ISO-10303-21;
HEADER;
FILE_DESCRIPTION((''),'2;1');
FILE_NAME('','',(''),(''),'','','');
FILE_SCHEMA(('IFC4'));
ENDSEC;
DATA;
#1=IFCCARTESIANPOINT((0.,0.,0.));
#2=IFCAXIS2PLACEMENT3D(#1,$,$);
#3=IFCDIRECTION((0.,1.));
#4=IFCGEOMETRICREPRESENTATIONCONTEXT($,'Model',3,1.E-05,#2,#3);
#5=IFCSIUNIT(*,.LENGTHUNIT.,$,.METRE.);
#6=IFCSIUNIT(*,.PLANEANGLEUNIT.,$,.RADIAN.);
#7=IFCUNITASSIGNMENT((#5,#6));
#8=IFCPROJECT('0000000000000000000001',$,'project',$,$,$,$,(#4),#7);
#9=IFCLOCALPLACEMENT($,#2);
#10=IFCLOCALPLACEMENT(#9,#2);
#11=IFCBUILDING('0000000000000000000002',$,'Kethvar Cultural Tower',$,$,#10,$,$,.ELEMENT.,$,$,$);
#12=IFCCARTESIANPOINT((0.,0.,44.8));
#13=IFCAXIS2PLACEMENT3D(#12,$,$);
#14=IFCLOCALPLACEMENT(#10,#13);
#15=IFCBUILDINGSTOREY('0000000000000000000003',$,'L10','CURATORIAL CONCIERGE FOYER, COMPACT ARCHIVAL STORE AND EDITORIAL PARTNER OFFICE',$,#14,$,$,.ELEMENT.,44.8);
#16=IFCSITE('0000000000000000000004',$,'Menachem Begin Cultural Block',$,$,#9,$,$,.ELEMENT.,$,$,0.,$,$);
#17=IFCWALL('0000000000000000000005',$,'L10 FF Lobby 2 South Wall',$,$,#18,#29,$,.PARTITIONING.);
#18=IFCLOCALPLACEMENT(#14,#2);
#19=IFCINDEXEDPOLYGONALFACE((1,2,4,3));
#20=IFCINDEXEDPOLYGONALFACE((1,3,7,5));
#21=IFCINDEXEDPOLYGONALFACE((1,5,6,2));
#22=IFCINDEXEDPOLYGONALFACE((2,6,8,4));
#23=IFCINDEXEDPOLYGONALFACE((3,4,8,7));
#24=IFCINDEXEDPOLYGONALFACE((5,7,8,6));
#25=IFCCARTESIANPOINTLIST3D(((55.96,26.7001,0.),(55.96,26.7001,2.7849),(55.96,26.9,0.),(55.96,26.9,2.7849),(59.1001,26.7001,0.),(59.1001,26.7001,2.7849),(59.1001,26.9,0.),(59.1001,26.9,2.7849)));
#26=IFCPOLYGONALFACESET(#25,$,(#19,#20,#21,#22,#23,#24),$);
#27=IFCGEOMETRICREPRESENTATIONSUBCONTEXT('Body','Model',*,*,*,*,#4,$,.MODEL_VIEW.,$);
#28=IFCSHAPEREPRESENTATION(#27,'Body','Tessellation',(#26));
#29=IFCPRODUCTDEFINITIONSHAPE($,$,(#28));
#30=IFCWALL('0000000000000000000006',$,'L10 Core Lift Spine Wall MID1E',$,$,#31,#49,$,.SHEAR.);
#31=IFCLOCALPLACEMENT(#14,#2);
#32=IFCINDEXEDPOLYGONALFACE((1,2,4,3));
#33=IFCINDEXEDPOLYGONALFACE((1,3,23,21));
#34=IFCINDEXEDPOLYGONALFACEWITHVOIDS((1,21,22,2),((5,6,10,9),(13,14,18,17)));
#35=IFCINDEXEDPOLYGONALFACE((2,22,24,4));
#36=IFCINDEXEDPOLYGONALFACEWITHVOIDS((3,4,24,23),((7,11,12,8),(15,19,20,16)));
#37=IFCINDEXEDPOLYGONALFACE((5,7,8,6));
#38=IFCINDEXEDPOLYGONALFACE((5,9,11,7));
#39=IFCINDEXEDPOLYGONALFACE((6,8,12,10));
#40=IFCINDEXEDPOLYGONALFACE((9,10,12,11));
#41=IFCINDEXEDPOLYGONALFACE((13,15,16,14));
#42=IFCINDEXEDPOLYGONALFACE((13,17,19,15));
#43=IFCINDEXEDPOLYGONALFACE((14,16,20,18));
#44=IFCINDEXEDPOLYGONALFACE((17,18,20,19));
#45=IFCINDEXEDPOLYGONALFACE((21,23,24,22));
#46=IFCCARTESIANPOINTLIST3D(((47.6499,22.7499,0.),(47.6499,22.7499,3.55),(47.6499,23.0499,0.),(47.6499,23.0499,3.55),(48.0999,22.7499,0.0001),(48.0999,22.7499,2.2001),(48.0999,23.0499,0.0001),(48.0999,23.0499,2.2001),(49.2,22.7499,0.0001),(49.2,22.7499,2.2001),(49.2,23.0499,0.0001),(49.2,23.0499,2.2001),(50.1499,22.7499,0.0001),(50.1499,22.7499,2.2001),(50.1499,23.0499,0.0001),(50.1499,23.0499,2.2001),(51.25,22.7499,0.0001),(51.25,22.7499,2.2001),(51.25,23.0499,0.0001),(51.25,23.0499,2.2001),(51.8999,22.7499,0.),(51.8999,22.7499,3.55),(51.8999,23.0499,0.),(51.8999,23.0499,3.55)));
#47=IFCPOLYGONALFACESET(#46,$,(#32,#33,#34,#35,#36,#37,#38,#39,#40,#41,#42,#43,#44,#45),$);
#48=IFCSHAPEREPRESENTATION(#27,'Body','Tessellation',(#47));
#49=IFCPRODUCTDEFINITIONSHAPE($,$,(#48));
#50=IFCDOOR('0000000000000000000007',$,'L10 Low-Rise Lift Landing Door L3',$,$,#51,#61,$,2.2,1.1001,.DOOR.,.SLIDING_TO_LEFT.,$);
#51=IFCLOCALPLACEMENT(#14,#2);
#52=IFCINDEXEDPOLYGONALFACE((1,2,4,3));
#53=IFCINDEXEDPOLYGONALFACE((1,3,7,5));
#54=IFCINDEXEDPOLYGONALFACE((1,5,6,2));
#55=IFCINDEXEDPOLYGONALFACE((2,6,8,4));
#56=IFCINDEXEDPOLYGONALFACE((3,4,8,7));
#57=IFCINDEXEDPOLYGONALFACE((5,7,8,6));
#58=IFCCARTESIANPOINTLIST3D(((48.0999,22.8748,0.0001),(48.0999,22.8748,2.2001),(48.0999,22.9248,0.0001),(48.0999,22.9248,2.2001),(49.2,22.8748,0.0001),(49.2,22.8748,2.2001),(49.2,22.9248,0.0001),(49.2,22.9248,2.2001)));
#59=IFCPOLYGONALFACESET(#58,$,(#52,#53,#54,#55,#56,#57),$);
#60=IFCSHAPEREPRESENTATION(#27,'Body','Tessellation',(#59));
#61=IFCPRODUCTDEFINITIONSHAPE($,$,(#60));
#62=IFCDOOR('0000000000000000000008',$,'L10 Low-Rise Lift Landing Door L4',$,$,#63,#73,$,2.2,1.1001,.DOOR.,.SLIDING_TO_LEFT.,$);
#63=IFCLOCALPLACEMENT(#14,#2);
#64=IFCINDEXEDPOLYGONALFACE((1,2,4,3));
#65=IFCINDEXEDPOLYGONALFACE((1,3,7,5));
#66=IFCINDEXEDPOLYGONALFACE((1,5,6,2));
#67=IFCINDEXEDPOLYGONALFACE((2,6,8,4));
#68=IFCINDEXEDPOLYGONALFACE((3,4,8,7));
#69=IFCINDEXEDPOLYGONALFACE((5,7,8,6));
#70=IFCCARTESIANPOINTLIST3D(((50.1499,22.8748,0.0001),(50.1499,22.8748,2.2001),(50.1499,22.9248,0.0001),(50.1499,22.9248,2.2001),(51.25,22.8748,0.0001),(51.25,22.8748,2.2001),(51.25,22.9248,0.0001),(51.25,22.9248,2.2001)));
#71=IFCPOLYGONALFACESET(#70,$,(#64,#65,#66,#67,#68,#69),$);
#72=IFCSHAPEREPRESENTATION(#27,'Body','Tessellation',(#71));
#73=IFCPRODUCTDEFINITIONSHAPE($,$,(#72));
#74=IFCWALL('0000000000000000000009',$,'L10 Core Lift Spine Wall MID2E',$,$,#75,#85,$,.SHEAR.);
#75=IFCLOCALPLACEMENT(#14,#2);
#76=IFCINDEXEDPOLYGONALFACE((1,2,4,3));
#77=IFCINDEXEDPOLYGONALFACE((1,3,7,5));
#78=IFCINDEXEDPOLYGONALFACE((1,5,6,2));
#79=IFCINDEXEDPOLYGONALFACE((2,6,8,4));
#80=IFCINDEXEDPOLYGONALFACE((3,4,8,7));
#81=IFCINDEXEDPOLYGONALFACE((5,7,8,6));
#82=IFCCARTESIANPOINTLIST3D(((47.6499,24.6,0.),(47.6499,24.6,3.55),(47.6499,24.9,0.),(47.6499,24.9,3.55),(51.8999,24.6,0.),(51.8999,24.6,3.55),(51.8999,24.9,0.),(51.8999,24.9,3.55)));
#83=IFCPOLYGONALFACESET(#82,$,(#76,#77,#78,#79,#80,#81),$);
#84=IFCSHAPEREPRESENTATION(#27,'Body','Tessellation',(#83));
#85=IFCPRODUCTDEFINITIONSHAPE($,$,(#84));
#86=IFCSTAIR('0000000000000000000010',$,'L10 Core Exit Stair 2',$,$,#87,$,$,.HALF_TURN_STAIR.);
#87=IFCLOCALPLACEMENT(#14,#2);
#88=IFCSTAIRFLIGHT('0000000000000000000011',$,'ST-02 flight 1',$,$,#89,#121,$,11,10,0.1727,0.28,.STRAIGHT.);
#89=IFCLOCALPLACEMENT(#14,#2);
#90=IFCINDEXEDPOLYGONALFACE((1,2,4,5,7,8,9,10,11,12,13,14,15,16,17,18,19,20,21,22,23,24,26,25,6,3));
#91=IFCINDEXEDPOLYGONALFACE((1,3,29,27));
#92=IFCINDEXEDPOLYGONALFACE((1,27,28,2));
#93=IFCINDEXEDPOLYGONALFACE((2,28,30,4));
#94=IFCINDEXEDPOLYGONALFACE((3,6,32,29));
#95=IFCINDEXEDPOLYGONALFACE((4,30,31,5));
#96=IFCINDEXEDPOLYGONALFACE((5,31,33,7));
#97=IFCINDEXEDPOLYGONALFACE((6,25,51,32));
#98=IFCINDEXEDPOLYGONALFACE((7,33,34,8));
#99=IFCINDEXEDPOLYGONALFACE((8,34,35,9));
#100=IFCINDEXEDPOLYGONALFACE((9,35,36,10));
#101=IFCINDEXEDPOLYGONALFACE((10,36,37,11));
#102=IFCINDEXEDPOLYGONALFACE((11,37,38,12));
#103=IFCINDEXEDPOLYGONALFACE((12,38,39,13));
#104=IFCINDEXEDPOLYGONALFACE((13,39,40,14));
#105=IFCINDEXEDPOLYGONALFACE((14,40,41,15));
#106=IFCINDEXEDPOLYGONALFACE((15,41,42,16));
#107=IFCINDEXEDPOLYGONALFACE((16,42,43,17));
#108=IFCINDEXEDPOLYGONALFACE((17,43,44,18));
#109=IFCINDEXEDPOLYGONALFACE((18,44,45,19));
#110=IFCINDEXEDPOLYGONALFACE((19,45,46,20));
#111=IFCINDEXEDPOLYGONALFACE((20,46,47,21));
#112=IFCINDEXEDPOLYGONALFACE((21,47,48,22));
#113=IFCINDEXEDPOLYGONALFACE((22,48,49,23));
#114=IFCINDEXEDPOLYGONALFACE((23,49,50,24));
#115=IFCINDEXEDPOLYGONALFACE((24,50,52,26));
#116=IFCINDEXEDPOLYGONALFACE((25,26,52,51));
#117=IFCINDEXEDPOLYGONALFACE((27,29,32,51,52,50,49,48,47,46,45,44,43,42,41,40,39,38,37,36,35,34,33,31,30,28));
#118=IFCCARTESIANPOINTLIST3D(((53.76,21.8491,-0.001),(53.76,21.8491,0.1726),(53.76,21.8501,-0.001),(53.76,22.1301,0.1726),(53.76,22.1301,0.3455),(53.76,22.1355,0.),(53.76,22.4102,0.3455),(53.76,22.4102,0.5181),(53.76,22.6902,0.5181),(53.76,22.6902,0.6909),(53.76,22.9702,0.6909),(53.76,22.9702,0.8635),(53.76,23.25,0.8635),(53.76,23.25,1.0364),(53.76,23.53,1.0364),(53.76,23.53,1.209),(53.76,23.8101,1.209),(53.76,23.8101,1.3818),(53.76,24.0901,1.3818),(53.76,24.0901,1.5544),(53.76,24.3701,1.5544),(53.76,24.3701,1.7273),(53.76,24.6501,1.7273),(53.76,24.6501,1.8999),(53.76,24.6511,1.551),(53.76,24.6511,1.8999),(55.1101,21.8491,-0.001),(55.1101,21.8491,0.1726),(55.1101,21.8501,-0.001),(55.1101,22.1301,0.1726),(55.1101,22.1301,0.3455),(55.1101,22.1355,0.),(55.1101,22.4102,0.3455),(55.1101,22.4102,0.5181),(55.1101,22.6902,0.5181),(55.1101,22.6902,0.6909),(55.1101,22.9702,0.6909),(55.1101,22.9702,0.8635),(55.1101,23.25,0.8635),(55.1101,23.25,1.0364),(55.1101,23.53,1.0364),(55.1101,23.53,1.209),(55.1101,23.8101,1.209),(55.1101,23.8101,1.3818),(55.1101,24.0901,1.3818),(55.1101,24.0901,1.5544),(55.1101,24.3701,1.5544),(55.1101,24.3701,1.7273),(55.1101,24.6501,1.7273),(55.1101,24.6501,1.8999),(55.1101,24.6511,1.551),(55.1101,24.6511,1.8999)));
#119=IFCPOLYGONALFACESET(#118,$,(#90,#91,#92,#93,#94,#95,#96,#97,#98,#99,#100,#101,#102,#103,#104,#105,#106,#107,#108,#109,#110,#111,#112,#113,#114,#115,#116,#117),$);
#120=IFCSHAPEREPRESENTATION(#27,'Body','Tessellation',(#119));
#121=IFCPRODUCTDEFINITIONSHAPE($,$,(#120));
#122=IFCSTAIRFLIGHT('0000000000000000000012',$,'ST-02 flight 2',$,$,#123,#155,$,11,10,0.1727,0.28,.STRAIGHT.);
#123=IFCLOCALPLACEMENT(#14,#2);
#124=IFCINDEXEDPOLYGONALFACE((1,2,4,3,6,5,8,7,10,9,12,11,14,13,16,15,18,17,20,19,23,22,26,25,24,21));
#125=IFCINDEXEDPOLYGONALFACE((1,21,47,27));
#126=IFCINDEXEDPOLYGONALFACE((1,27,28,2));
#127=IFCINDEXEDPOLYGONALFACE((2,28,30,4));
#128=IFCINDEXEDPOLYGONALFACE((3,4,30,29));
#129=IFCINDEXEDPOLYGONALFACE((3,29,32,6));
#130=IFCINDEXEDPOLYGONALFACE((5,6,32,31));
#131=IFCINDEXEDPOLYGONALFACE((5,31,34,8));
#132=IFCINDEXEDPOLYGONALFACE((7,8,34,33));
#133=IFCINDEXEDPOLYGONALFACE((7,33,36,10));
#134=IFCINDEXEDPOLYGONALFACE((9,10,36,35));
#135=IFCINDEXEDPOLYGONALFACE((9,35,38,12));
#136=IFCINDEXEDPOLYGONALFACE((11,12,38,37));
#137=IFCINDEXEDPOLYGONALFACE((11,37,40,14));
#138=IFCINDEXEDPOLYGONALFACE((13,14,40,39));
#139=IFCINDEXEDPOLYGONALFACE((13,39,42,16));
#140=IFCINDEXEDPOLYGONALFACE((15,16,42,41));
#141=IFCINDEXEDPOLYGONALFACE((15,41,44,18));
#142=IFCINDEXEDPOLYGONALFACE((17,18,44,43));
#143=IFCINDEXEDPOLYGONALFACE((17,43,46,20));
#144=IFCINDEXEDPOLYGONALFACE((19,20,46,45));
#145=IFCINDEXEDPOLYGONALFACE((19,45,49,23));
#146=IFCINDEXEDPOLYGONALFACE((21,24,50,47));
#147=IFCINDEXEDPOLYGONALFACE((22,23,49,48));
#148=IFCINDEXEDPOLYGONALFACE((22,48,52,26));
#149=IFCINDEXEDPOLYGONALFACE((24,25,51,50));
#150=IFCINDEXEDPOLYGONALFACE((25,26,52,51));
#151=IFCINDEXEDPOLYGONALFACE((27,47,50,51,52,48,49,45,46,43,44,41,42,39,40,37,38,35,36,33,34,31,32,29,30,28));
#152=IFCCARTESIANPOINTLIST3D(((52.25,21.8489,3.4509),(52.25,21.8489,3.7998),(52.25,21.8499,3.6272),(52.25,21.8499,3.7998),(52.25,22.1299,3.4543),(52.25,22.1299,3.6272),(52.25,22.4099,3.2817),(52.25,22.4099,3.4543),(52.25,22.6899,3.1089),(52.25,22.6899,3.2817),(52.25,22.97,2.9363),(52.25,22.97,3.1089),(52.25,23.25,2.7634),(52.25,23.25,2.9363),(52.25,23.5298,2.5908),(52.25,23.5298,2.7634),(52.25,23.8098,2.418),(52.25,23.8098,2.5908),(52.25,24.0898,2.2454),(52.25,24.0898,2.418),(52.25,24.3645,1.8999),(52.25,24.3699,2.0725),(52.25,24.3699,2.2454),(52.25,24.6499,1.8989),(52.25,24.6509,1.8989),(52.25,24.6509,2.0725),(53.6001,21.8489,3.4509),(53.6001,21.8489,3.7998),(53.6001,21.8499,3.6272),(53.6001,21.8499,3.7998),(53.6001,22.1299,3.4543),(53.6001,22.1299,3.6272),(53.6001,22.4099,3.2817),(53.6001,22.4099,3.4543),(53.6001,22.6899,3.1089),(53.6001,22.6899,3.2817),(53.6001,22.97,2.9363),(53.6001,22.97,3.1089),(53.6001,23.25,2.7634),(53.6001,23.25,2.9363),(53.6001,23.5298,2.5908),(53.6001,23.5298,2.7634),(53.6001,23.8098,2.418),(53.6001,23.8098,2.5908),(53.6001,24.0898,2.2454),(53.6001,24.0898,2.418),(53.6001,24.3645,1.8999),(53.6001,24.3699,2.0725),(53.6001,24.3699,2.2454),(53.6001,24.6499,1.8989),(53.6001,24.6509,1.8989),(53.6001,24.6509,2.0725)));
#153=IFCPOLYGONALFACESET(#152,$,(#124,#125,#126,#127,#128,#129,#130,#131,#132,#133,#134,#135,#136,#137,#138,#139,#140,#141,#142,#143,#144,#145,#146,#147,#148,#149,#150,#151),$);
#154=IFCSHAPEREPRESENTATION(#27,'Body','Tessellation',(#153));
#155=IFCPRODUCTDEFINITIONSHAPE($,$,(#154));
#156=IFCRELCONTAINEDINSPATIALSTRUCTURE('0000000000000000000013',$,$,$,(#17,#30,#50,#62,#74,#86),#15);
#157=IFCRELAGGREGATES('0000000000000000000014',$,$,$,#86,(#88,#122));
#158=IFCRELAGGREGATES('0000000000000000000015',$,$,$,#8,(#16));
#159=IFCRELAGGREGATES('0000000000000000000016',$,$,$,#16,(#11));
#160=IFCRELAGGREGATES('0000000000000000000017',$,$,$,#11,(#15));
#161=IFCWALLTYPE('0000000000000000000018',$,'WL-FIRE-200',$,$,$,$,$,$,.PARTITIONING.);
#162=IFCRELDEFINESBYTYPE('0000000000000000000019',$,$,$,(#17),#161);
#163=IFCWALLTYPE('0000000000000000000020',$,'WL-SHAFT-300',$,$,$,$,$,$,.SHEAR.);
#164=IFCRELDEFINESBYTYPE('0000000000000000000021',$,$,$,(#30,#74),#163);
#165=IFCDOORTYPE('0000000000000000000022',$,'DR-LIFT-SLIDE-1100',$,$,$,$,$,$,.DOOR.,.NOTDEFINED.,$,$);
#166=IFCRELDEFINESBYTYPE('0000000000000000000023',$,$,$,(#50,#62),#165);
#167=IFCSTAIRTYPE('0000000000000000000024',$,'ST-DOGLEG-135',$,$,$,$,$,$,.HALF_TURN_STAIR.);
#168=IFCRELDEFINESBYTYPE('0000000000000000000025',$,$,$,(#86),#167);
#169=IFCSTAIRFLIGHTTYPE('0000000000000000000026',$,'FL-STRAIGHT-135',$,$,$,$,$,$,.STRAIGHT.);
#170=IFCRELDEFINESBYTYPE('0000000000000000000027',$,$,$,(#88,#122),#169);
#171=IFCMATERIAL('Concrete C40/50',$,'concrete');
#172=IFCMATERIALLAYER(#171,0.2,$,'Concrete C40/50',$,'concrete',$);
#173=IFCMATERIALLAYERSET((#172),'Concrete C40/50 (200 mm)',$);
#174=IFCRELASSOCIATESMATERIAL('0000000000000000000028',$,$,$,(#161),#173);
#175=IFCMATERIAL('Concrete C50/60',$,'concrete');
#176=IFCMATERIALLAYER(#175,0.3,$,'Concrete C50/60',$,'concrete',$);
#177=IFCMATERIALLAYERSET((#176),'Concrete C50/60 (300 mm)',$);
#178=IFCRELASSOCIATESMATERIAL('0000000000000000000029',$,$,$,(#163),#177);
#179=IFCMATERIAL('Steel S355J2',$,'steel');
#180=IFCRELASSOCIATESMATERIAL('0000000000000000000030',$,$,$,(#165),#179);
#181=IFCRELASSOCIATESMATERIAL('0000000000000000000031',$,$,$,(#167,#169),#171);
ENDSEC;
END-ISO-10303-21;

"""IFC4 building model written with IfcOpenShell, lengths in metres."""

from ifc_helpers import new_model, si_unit, direction, frame, frame_2d, origin, place, context, subcontext, project, spatial, polyline, rectangle, outline, extrude, source, transform, mapped, material, layer, layer_set, type_object, element, fill, aggregate, save


model = new_model("IFC4")

# Units and contexts
model_context = context("Model", 3, precision=1e-05, world=origin(), true_north=direction((0.0, 1.0)))
body_context = subcontext(model_context, "Body", "Model", "MODEL_VIEW")
ifc_project = project(units=[si_unit("LENGTHUNIT", "METRE"), si_unit("PLANEANGLEUNIT", "RADIAN")], contexts=[model_context])

# Site, building, storey
site_placement = place(None, origin())
site = spatial("IfcSite", under=ifc_project, at=site_placement, Name="Menachem Begin Cultural Block", CompositionType="ELEMENT", RefElevation=0.0)
building_placement = place(site_placement, origin())
building = spatial("IfcBuilding", under=site, at=building_placement, Name="Kethvar Cultural Tower", CompositionType="ELEMENT")
storey_placement = place(building_placement, frame((0.0, 0.0, 44.8)))
storey = spatial("IfcBuildingStorey", under=building, at=storey_placement, Name="L10", Description="CURATORIAL CONCIERGE FOYER, COMPACT ARCHIVAL STORE AND EDITORIAL PARTNER OFFICE", CompositionType="ELEMENT", Elevation=44.8)

# Shared definitions
ifc_material_1 = material(Name="Steel S355J2", Category="steel")

# Wall
ifc_material_2 = material(Name="Concrete C40/50", Category="concrete")
ifc_layer_1 = layer(ifc_material_2, 0.2, Name="Concrete C40/50", Category="concrete")
ifc_layer_set_1 = layer_set([ifc_layer_1], Name="Concrete C40/50 (200 mm)")
wall_type_1 = type_object("IfcWallType", Name="WL-FIRE-200", PredefinedType="PARTITIONING", material=ifc_layer_set_1)
wall_1_placement = place(storey_placement, frame((55.96, 26.8, 0.0), z_axis=(0.0, 0.0, 1.0), x_axis=(1.0, 0.0, 0.0)))
element("IfcWall", 1, at=wall_1_placement, inside=storey, type_object=wall_type_1, Name="L10 FF Lobby 2 South Wall", PredefinedType="PARTITIONING", context=body_context, shape_type="SweptSolid", body=[
    extrude(rectangle(XDim=3.1401, YDim=0.2, at=frame_2d((1.5701, 0.0))), origin(), (0.0, 0.0, 1.0), 2.7849),
])

# Wall, openings, doors
ifc_material_3 = material(Name="Concrete C50/60", Category="concrete")
ifc_layer_2 = layer(ifc_material_3, 0.3, Name="Concrete C50/60", Category="concrete")
ifc_layer_set_2 = layer_set([ifc_layer_2], Name="Concrete C50/60 (300 mm)")
wall_type_2 = type_object("IfcWallType", Name="WL-SHAFT-300", PredefinedType="SHEAR", material=ifc_layer_set_2)
wall_2_placement = place(storey_placement, frame((47.6499, 22.8999, 0.0), z_axis=(0.0, 0.0, 1.0), x_axis=(1.0, 0.0, 0.0)))
wall_2 = element("IfcWall", 2, at=wall_2_placement, inside=storey, type_object=wall_type_2, Name="L10 Core Lift Spine Wall MID1E", PredefinedType="SHEAR", context=body_context, shape_type="SweptSolid", body=[
    extrude(rectangle(XDim=4.25, YDim=0.3, at=frame_2d((2.125, 0.0))), origin(), (0.0, 0.0, 1.0), 3.55),
])
opening_1_placement = place(wall_2_placement, frame((0.45, 0.0, 0.0)))
opening_1 = element("IfcOpeningElement", 3, at=opening_1_placement, cuts=wall_2, PredefinedType="OPENING", context=body_context, shape_type="SweptSolid", body=[
    extrude(rectangle(XDim=1.1001, YDim=2.2, at=frame_2d((0.55, 1.1001))), frame((0.0, 0.1599, 0.0), z_axis=(0.0, -1.0, 0.0), x_axis=(1.0, 0.0, 0.0)), (0.0, 0.0, 1.0), 0.3201),
])
opening_2_placement = place(wall_2_placement, frame((2.5, 0.0, 0.0)))
opening_2 = element("IfcOpeningElement", 4, at=opening_2_placement, cuts=wall_2, PredefinedType="OPENING", context=body_context, shape_type="SweptSolid", body=[
    extrude(rectangle(XDim=1.1001, YDim=2.2, at=frame_2d((0.55, 1.1001))), frame((0.0, 0.1599, 0.0), z_axis=(0.0, -1.0, 0.0), x_axis=(1.0, 0.0, 0.0)), (0.0, 0.0, 1.0), 0.3201),
])
door_type = type_object("IfcDoorType", Name="DR-LIFT-SLIDE-1100", OperationType="NOTDEFINED", PredefinedType="DOOR", material=ifc_material_1)
shared_shape_1 = source(origin(), body_context, "Body", "SweptSolid", [
    extrude(rectangle(XDim=1.1001, YDim=2.2, at=frame_2d((0.55, 1.1001))), frame((0.0, 0.0249, 0.0), z_axis=(0.0, -1.0, 0.0), x_axis=(1.0, 0.0, 0.0)), (0.0, 0.0, 1.0), 0.05),
])
door_1_placement = place(opening_1_placement, origin())
door_1 = element("IfcDoor", 5, at=door_1_placement, inside=storey, type_object=door_type, Name="L10 Low-Rise Lift Landing Door L3", OperationType="SLIDING_TO_LEFT", OverallHeight=2.2, OverallWidth=1.1001, PredefinedType="DOOR", context=body_context, shape_type="MappedRepresentation", body=[
    mapped(shared_shape_1, transform((0.0, 0.0, 0.0), scale=1.0)),
])
fill(opening_1, door_1)
door_2_placement = place(opening_2_placement, origin())
door_2 = element("IfcDoor", 6, at=door_2_placement, inside=storey, type_object=door_type, Name="L10 Low-Rise Lift Landing Door L4", OperationType="SLIDING_TO_LEFT", OverallHeight=2.2, OverallWidth=1.1001, PredefinedType="DOOR", context=body_context, shape_type="MappedRepresentation", body=[
    mapped(shared_shape_1, transform((0.0, 0.0, 0.0), scale=1.0)),
])
fill(opening_2, door_2)

# Wall
wall_3_placement = place(storey_placement, frame((47.6499, 24.75, 0.0), z_axis=(0.0, 0.0, 1.0), x_axis=(1.0, 0.0, 0.0)))
element("IfcWall", 7, at=wall_3_placement, inside=storey, type_object=wall_type_2, Name="L10 Core Lift Spine Wall MID2E", PredefinedType="SHEAR", context=body_context, shape_type="SweptSolid", body=[
    extrude(rectangle(XDim=4.25, YDim=0.3, at=frame_2d((2.125, 0.0))), origin(), (0.0, 0.0, 1.0), 3.55),
])

# Stair, stair flights
stair_type = type_object("IfcStairType", Name="ST-DOGLEG-135", PredefinedType="HALF_TURN_STAIR", material=ifc_material_2)
stair_placement = place(storey_placement, origin())
stair = element("IfcStair", 8, at=stair_placement, inside=storey, type_object=stair_type, Name="L10 Core Exit Stair 2", PredefinedType="HALF_TURN_STAIR")
stair_flight_type = type_object("IfcStairFlightType", Name="FL-STRAIGHT-135", PredefinedType="STRAIGHT", material=ifc_material_2)
stair_flight_1_placement = place(storey_placement, frame((54.4351, 21.8501, 0.0), z_axis=(0.0, 0.0, 1.0), x_axis=(0.0, 1.0, 0.0)))
stair_flight_1 = element("IfcStairFlight", 9, at=stair_flight_1_placement, type_object=stair_flight_type, Name="ST-02 flight 1", NumberOfRisers=11, NumberOfTreads=10, PredefinedType="STRAIGHT", RiserHeight=0.1727, TreadLength=0.28, context=body_context, shape_type="SweptSolid", body=[
    extrude(outline(polyline([(-0.001, -0.001), (-0.001, 0.1726), (0.28, 0.1726), (0.28, 0.3455), (0.5601, 0.3455), (0.5601, 0.5181), (0.8401, 0.5181), (0.8401, 0.6909), (1.1201, 0.6909), (1.1201, 0.8635), (1.3999, 0.8635), (1.3999, 1.0364), (1.6799, 1.0364), (1.6799, 1.209), (1.96, 1.209), (1.96, 1.3818), (2.24, 1.3818), (2.24, 1.5544), (2.52, 1.5544), (2.52, 1.7273), (2.8, 1.7273), (2.8, 1.8999), (2.801, 1.8999), (2.801, 1.551), (0.2854, 0.0), (0.0, -0.001), (-0.001, -0.001)])), frame((0.0, 0.675, 0.0), z_axis=(0.0, -1.0, 0.0), x_axis=(1.0, 0.0, 0.0)), (0.0, 0.0, 1.0), 1.3501),
])
stair_flight_2_placement = place(storey_placement, frame((52.925, 24.6499, 1.8999), z_axis=(0.0, 0.0, 1.0), x_axis=(0.0, -1.0, 0.0)))
stair_flight_2 = element("IfcStairFlight", 10, at=stair_flight_2_placement, type_object=stair_flight_type, Name="ST-02 flight 2", NumberOfRisers=11, NumberOfTreads=10, PredefinedType="STRAIGHT", RiserHeight=0.1727, TreadLength=0.28, context=body_context, shape_type="SweptSolid", body=[
    extrude(outline(polyline([(-0.001, -0.001), (-0.001, 0.1726), (0.28, 0.1726), (0.28, 0.3455), (0.5601, 0.3455), (0.5601, 0.5181), (0.8401, 0.5181), (0.8401, 0.6909), (1.1201, 0.6909), (1.1201, 0.8635), (1.3999, 0.8635), (1.3999, 1.0364), (1.6799, 1.0364), (1.6799, 1.209), (1.96, 1.209), (1.96, 1.3818), (2.24, 1.3818), (2.24, 1.5544), (2.52, 1.5544), (2.52, 1.7273), (2.8, 1.7273), (2.8, 1.8999), (2.801, 1.8999), (2.801, 1.551), (0.2854, 0.0), (0.0, -0.001), (-0.001, -0.001)])), frame((0.0, 0.675, 0.0), z_axis=(0.0, -1.0, 0.0), x_axis=(1.0, 0.0, 0.0)), (0.0, 0.0, 1.0), 1.3501),
])
aggregate(stair, [stair_flight_1, stair_flight_2])

save(model, "model.ifc")
